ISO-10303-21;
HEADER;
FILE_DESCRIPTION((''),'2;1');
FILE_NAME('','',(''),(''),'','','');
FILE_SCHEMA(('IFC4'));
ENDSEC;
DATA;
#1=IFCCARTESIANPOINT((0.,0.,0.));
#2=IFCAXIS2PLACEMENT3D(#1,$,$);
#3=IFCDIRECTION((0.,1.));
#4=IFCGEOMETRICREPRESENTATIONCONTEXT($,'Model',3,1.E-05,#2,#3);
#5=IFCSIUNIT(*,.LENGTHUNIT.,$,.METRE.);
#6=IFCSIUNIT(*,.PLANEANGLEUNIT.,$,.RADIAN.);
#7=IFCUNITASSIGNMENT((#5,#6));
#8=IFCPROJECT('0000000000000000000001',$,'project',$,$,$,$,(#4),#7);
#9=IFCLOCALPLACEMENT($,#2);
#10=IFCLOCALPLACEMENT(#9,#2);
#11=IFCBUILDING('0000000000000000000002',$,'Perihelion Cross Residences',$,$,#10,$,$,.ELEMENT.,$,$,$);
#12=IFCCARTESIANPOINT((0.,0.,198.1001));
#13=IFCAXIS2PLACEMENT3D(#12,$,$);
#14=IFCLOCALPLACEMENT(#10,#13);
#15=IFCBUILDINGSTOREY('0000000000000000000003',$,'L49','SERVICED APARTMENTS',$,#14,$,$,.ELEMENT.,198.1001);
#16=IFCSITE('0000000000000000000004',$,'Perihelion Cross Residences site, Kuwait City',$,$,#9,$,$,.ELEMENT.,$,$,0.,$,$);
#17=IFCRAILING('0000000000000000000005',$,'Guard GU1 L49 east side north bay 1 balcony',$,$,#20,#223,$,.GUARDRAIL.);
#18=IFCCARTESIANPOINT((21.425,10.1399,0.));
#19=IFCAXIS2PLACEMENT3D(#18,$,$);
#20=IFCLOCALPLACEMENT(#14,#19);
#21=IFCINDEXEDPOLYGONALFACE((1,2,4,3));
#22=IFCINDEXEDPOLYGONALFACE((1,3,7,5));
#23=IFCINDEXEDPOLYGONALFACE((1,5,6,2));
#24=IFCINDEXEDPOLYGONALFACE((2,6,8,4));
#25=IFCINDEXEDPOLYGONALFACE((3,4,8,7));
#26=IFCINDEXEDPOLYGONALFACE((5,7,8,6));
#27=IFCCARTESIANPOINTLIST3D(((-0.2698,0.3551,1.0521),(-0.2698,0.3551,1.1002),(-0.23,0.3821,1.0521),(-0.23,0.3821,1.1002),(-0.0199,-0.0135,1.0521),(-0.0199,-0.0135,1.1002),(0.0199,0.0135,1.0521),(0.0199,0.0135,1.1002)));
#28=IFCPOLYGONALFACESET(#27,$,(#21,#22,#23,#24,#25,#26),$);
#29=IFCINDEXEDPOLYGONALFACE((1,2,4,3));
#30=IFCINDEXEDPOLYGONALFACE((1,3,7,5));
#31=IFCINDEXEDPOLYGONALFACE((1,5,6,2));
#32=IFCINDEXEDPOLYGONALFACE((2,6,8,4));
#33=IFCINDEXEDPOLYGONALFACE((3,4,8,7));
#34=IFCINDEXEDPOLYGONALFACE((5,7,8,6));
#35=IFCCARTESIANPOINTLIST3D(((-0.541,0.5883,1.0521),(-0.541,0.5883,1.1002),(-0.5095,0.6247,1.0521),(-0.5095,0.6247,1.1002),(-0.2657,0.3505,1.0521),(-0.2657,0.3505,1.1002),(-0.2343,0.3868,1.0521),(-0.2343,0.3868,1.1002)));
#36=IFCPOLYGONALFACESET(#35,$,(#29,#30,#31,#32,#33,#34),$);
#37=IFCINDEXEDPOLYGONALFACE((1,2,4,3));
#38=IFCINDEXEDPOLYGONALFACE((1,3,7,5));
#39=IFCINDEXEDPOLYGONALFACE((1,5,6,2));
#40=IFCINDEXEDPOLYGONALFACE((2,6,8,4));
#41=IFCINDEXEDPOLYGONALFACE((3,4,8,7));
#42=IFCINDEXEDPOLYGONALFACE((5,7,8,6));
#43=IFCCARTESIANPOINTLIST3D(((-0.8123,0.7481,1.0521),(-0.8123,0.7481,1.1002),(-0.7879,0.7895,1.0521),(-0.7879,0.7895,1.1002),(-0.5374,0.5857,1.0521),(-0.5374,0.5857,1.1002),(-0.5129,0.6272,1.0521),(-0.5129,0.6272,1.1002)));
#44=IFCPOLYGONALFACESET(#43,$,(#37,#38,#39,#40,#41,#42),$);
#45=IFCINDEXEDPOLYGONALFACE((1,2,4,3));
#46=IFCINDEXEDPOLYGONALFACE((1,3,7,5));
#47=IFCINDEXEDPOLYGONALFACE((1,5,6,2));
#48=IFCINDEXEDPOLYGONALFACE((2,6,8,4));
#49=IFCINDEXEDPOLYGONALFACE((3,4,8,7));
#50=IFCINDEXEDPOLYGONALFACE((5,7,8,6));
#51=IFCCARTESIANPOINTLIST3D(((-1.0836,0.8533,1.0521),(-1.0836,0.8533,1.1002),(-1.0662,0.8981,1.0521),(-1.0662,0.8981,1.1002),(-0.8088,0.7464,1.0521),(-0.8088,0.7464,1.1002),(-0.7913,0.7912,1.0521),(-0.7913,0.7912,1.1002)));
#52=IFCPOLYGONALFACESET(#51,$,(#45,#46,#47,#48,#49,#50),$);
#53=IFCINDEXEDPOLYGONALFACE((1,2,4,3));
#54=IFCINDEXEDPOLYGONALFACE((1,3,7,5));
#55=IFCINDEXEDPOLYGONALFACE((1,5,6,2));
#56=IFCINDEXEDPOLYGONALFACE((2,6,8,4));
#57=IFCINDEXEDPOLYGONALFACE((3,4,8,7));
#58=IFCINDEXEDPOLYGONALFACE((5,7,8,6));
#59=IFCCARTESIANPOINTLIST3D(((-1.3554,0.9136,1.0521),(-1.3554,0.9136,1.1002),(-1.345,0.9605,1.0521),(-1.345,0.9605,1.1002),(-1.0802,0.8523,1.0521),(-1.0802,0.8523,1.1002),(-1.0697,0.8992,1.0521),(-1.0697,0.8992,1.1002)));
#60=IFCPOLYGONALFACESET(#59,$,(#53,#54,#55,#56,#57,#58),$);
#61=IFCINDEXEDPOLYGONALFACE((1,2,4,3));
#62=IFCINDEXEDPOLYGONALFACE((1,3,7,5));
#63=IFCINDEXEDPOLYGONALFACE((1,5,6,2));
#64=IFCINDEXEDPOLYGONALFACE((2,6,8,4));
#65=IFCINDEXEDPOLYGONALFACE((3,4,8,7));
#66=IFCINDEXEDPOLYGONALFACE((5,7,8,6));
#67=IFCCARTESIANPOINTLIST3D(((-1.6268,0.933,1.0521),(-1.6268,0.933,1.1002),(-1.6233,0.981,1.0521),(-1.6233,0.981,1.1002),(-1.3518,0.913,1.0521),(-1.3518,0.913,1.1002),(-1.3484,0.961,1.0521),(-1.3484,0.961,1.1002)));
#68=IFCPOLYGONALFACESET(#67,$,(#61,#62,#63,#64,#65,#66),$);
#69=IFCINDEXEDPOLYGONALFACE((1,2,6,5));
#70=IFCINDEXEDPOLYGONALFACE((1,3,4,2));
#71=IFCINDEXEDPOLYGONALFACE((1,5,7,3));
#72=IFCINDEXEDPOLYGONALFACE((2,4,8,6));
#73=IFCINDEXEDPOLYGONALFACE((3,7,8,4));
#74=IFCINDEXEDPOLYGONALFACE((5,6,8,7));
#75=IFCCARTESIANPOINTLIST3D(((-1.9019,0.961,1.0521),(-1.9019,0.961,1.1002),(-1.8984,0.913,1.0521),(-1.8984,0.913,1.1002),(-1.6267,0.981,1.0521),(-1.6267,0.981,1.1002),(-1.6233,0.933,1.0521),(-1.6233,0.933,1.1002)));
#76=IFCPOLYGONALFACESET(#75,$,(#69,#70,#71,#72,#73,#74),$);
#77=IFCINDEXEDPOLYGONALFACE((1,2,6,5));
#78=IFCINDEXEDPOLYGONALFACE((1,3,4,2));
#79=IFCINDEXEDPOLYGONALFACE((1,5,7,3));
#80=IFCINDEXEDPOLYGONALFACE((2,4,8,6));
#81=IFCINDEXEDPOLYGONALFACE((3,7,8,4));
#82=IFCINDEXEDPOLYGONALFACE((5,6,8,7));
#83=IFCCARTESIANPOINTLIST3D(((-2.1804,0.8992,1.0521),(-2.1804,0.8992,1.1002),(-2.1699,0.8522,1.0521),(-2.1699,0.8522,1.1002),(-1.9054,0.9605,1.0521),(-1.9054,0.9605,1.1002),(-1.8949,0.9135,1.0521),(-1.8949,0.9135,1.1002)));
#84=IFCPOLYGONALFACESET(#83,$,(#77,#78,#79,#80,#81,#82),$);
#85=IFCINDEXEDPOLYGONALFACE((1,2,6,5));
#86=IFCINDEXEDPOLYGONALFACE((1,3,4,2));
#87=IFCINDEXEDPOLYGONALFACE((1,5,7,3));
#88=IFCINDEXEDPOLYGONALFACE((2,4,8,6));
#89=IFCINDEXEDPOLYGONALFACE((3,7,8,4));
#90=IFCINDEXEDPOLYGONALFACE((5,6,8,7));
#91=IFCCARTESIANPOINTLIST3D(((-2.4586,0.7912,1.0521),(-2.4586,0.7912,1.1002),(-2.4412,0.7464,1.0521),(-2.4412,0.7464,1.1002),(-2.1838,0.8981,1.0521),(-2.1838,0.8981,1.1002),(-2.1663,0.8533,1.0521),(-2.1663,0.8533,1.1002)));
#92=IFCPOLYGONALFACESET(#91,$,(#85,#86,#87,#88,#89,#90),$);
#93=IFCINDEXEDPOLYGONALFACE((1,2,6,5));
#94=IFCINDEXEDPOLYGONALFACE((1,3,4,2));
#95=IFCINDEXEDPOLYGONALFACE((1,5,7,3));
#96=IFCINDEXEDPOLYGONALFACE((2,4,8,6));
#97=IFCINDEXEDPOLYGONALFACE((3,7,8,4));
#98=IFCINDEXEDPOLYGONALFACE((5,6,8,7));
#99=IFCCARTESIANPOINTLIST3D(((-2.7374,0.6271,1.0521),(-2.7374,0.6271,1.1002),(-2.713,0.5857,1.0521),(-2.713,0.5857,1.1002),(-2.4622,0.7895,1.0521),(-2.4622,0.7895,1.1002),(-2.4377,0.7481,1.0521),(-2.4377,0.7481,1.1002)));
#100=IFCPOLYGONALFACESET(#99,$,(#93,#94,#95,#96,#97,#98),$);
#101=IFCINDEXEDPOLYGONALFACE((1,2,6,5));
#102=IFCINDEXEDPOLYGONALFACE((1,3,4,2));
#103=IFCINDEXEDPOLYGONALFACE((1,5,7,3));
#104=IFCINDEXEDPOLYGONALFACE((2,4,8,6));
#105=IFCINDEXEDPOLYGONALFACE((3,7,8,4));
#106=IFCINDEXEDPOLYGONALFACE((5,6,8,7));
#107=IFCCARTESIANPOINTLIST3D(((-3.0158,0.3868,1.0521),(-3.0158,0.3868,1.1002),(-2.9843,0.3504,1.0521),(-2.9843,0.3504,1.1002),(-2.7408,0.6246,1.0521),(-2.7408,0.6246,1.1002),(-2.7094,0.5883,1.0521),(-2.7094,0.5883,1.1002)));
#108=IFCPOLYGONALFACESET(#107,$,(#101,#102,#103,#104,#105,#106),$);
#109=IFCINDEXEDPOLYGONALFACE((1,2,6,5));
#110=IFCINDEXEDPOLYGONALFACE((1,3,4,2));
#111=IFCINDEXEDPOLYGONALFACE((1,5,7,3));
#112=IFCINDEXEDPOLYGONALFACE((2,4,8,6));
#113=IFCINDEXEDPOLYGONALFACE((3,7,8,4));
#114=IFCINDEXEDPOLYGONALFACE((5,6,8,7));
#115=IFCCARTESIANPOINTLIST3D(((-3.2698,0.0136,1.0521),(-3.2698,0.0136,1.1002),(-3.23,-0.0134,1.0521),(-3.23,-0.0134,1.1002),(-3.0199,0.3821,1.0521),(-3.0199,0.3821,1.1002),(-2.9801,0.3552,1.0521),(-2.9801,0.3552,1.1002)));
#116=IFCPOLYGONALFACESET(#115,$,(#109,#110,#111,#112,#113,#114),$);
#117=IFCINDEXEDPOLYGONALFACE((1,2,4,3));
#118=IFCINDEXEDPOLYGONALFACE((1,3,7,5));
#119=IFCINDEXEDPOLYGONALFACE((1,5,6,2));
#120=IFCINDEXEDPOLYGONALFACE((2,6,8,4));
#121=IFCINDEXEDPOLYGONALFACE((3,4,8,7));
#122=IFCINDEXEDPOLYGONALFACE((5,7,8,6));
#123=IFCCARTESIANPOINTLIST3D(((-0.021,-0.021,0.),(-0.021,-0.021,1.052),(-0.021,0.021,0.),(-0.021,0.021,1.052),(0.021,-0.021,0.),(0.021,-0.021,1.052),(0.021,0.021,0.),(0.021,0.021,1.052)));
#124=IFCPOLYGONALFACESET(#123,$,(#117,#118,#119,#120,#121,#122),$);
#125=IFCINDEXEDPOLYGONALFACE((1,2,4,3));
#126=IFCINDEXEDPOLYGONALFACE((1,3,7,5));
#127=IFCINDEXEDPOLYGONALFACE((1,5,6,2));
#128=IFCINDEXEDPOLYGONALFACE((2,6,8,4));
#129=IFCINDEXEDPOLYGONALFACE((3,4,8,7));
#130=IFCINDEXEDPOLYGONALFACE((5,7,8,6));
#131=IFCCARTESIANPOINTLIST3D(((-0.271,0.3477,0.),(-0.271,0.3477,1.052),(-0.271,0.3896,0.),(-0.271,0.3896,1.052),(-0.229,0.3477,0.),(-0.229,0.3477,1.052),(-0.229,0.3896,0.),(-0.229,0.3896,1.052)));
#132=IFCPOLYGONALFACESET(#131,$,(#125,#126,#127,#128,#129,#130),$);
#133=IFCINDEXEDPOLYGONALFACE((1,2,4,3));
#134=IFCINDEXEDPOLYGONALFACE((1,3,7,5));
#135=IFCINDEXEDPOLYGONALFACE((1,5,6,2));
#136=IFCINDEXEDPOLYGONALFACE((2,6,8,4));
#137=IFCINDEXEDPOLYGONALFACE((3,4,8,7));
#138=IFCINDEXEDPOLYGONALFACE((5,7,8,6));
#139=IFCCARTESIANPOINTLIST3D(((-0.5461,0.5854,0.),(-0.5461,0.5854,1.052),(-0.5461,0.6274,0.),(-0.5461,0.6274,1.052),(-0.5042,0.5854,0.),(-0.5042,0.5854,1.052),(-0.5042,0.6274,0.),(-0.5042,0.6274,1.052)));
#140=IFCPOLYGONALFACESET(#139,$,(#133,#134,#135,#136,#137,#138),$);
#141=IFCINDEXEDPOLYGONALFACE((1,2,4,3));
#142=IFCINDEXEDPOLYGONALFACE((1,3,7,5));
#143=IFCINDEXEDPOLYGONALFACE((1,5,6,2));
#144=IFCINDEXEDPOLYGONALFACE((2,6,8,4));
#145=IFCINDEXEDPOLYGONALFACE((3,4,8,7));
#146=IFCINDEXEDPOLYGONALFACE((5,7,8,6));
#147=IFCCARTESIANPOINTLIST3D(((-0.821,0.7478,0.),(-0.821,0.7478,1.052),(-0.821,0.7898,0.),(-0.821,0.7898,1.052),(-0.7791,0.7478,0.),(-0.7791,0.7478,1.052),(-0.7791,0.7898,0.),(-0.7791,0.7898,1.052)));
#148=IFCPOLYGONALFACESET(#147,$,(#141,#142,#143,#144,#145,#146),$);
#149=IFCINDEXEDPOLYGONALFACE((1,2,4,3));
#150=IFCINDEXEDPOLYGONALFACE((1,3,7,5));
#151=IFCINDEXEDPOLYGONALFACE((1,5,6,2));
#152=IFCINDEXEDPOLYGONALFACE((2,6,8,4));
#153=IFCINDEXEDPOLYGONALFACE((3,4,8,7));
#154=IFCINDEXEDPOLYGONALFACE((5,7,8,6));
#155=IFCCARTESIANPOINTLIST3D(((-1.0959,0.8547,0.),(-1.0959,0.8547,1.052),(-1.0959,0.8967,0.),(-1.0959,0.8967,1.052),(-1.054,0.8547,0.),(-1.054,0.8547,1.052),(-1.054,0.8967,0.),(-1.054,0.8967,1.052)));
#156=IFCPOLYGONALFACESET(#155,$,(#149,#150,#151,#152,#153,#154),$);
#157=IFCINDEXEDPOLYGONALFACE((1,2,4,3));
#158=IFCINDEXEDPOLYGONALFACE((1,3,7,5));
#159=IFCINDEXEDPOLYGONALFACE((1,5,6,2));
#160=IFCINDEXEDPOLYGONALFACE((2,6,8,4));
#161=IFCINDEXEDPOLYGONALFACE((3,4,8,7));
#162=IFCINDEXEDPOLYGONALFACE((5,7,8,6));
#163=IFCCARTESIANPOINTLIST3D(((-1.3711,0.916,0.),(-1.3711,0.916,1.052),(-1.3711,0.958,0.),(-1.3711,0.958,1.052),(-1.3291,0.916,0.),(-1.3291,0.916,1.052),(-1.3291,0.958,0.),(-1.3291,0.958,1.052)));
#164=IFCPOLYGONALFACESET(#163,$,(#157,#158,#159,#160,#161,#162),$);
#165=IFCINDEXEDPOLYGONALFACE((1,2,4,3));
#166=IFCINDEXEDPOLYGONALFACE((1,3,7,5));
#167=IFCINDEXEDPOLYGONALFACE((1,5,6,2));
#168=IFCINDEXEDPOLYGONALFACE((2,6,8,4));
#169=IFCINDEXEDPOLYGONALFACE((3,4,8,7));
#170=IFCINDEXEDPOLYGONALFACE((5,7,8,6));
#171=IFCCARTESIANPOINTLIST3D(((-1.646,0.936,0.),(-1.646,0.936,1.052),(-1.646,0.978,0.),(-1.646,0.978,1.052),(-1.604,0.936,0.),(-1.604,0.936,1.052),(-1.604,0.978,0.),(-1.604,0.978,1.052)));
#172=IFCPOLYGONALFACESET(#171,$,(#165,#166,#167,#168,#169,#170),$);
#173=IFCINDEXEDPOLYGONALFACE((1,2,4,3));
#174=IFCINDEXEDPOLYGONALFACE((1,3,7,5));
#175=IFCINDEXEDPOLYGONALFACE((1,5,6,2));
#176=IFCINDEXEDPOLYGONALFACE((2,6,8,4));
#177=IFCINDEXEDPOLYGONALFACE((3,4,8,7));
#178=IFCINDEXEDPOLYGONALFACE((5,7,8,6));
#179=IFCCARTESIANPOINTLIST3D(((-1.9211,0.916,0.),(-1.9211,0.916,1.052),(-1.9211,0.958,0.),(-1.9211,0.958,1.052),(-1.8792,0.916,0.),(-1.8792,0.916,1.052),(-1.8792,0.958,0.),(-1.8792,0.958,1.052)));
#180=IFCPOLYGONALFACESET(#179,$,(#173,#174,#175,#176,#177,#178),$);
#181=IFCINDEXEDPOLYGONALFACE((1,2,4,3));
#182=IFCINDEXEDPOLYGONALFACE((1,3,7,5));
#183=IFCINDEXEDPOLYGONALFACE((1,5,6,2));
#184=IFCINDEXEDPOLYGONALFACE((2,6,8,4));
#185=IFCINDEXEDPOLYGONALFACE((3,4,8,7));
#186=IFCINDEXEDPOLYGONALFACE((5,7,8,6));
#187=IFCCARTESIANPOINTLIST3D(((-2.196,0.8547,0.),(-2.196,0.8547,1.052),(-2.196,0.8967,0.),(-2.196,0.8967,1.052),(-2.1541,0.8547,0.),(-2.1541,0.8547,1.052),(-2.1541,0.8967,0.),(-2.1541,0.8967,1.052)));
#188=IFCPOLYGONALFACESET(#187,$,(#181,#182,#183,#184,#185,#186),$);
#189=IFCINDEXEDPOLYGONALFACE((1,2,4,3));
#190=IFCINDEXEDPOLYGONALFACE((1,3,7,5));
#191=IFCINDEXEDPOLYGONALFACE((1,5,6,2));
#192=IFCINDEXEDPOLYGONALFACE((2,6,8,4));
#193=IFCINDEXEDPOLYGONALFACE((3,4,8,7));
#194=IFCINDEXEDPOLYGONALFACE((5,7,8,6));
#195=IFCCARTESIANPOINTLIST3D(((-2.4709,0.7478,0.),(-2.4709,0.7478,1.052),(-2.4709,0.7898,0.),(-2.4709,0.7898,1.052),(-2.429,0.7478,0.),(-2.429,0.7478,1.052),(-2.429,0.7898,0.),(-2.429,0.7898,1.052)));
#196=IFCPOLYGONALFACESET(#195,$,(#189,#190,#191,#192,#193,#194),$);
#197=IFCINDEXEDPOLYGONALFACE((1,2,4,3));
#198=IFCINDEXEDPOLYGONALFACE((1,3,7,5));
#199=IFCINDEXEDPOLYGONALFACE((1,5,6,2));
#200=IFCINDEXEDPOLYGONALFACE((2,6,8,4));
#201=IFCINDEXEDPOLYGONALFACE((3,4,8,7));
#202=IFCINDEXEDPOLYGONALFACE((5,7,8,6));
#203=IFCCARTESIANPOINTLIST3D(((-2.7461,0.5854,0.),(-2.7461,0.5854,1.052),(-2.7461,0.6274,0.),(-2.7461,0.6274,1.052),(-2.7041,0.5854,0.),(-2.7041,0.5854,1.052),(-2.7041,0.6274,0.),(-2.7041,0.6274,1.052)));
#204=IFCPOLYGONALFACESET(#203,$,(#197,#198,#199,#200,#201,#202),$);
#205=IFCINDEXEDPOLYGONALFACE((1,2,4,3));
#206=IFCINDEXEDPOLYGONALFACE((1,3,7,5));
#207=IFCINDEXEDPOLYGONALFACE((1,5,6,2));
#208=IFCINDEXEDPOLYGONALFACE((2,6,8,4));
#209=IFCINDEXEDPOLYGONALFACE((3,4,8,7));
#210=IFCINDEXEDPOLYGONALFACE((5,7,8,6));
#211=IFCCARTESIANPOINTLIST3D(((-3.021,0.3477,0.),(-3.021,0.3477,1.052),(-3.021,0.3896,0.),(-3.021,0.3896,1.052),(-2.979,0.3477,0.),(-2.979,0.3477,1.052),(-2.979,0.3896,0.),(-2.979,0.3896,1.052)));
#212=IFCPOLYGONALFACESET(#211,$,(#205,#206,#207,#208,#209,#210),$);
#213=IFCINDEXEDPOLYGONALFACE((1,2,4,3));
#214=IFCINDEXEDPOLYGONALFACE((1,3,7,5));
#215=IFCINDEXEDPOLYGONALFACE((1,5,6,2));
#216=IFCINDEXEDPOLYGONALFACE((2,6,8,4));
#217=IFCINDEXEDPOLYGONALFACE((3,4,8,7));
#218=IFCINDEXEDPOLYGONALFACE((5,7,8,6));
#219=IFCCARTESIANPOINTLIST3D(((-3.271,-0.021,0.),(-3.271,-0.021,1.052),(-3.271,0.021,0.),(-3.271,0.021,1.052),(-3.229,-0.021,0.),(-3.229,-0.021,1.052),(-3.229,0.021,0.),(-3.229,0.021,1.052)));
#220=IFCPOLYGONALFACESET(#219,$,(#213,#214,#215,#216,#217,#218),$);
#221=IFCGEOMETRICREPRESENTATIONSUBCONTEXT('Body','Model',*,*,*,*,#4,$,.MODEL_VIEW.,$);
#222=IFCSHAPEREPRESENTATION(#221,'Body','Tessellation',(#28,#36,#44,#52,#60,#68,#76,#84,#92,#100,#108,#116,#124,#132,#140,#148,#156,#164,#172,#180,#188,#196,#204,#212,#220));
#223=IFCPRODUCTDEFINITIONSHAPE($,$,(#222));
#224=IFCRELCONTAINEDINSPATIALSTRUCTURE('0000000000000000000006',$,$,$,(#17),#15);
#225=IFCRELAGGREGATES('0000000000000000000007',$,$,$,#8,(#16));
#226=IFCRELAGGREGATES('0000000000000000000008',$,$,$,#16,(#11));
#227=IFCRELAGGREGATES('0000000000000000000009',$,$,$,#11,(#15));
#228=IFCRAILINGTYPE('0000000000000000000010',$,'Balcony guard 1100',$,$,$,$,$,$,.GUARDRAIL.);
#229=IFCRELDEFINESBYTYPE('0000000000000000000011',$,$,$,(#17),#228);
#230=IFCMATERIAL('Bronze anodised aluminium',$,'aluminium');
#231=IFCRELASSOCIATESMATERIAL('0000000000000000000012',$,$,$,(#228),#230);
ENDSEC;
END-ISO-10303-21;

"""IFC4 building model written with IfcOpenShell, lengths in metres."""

from ifc_helpers import new_model, si_unit, direction, frame, origin, origin_2d, place, context, subcontext, project, spatial, rectangle, extrude, material, type_object, element, save


model = new_model("IFC4")

# Units and contexts
model_context = context("Model", 3, precision=1e-05, world=origin(), true_north=direction((0.0, 1.0)))
body_context = subcontext(model_context, "Body", "Model", "MODEL_VIEW")
ifc_project = project(units=[si_unit("LENGTHUNIT", "METRE"), si_unit("PLANEANGLEUNIT", "RADIAN")], contexts=[model_context])

# Site, building, storey
site_placement = place(None, origin())
site = spatial("IfcSite", under=ifc_project, at=site_placement, Name="Perihelion Cross Residences site, Kuwait City", CompositionType="ELEMENT", RefElevation=0.0)
building_placement = place(site_placement, origin())
building = spatial("IfcBuilding", under=site, at=building_placement, Name="Perihelion Cross Residences", CompositionType="ELEMENT")
storey_placement = place(building_placement, frame((0.0, 0.0, 198.1001)))
storey = spatial("IfcBuildingStorey", under=building, at=storey_placement, Name="L49", Description="SERVICED APARTMENTS", CompositionType="ELEMENT", Elevation=198.1001)

# Railing
ifc_material_1 = material(Name="Bronze anodised aluminium", Category="aluminium")
railing_type_1 = type_object("IfcRailingType", Name="Balcony guard 1100", PredefinedType="GUARDRAIL", material=ifc_material_1)
railing_1_placement = place(storey_placement, frame((21.425, 10.1399, 0.0)))
element("IfcRailing", 1, at=railing_1_placement, inside=storey, type_object=railing_type_1, Name="Guard GU1 L49 east side north bay 1 balcony", PredefinedType="GUARDRAIL", context=body_context, shape_type="SweptSolid", body=[
    extrude(rectangle(XDim=0.0481, YDim=0.0481, at=origin_2d()), frame((0.0, 0.0, 1.0762), z_axis=(-0.56126, 0.827639, 0.0), x_axis=(-0.827639, -0.56126, 0.0)), (0.0, 0.0, 1.0), 0.4453),
    extrude(rectangle(XDim=0.0481, YDim=0.0481, at=origin_2d()), frame((-0.25, 0.3687, 1.0762), z_axis=(-0.756597, 0.653882, 0.0), x_axis=(-0.653882, -0.756597, 0.0)), (0.0, 0.0, 1.0), 0.3638),
    extrude(rectangle(XDim=0.0481, YDim=0.0481, at=origin_2d()), frame((-0.5251, 0.6064, 1.0762), z_axis=(-0.861048, 0.508523, 0.0), x_axis=(-0.508523, -0.861048, 0.0)), (0.0, 0.0, 1.0), 0.3193),
    extrude(rectangle(XDim=0.0481, YDim=0.0481, at=origin_2d()), frame((-0.8, 0.7688, 1.0762), z_axis=(-0.931974, 0.362526, 0.0), x_axis=(-0.362526, -0.931974, 0.0)), (0.0, 0.0, 1.0), 0.2949),
    extrude(rectangle(XDim=0.0481, YDim=0.0481, at=origin_2d()), frame((-1.075, 0.8757, 1.0762), z_axis=(-0.976085, 0.217389, 0.0), x_axis=(-0.217389, -0.976085, 0.0)), (0.0, 0.0, 1.0), 0.282),
    extrude(rectangle(XDim=0.0481, YDim=0.0481, at=origin_2d()), frame((-1.3501, 0.937, 1.0762), z_axis=(-0.997359, 0.072632, 0.0), x_axis=(-0.072632, -0.997359, 0.0)), (0.0, 0.0, 1.0), 0.2756),
    extrude(rectangle(XDim=0.0481, YDim=0.0481, at=origin_2d()), frame((-1.625, 0.957, 1.0762), z_axis=(-0.997363, -0.072568, 0.0), x_axis=(0.072568, -0.997363, 0.0)), (0.0, 0.0, 1.0), 0.2759),
    extrude(rectangle(XDim=0.0481, YDim=0.0481, at=origin_2d()), frame((-1.9001, 0.937, 1.0762), z_axis=(-0.976044, -0.217573, 0.0), x_axis=(0.217573, -0.976044, 0.0)), (0.0, 0.0, 1.0), 0.2817),
    extrude(rectangle(XDim=0.0481, YDim=0.0481, at=origin_2d()), frame((-2.175, 0.8757, 1.0762), z_axis=(-0.931974, -0.362526, 0.0), x_axis=(0.362526, -0.931974, 0.0)), (0.0, 0.0, 1.0), 0.2949),
    extrude(rectangle(XDim=0.0481, YDim=0.0481, at=origin_2d()), frame((-2.45, 0.7688, 1.0762), z_axis=(-0.861246, -0.508189, 0.0), x_axis=(0.508189, -0.861246, 0.0)), (0.0, 0.0, 1.0), 0.3196),
    extrude(rectangle(XDim=0.0481, YDim=0.0481, at=origin_2d()), frame((-2.7251, 0.6064, 1.0762), z_axis=(-0.756309, -0.654214, 0.0), x_axis=(0.654214, -0.756309, 0.0)), (0.0, 0.0, 1.0), 0.3635),
    extrude(rectangle(XDim=0.0481, YDim=0.0481, at=origin_2d()), frame((-3.0, 0.3687, 1.0762), z_axis=(-0.56126, -0.827639, 0.0), x_axis=(0.827639, -0.56126, 0.0)), (0.0, 0.0, 1.0), 0.4453),
    extrude(rectangle(XDim=0.042, YDim=0.042, at=origin_2d()), origin(), (0.0, 0.0, 1.0), 1.052),
    extrude(rectangle(XDim=0.042, YDim=0.042, at=origin_2d()), frame((-0.25, 0.3687, 0.0)), (0.0, 0.0, 1.0), 1.052),
    extrude(rectangle(XDim=0.042, YDim=0.042, at=origin_2d()), frame((-0.5251, 0.6064, 0.0)), (0.0, 0.0, 1.0), 1.052),
    extrude(rectangle(XDim=0.042, YDim=0.042, at=origin_2d()), frame((-0.8, 0.7688, 0.0)), (0.0, 0.0, 1.0), 1.052),
    extrude(rectangle(XDim=0.042, YDim=0.042, at=origin_2d()), frame((-1.075, 0.8757, 0.0)), (0.0, 0.0, 1.0), 1.052),
    extrude(rectangle(XDim=0.042, YDim=0.042, at=origin_2d()), frame((-1.3501, 0.937, 0.0)), (0.0, 0.0, 1.0), 1.052),
    extrude(rectangle(XDim=0.042, YDim=0.042, at=origin_2d()), frame((-1.625, 0.957, 0.0)), (0.0, 0.0, 1.0), 1.052),
    extrude(rectangle(XDim=0.042, YDim=0.042, at=origin_2d()), frame((-1.9001, 0.937, 0.0)), (0.0, 0.0, 1.0), 1.052),
    extrude(rectangle(XDim=0.042, YDim=0.042, at=origin_2d()), frame((-2.175, 0.8757, 0.0)), (0.0, 0.0, 1.0), 1.052),
    extrude(rectangle(XDim=0.042, YDim=0.042, at=origin_2d()), frame((-2.45, 0.7688, 0.0)), (0.0, 0.0, 1.0), 1.052),
    extrude(rectangle(XDim=0.042, YDim=0.042, at=origin_2d()), frame((-2.7251, 0.6064, 0.0)), (0.0, 0.0, 1.0), 1.052),
    extrude(rectangle(XDim=0.042, YDim=0.042, at=origin_2d()), frame((-3.0, 0.3687, 0.0)), (0.0, 0.0, 1.0), 1.052),
    extrude(rectangle(XDim=0.042, YDim=0.042, at=origin_2d()), frame((-3.25, 0.0, 0.0)), (0.0, 0.0, 1.0), 1.052),
])

save(model, "model.ifc")
